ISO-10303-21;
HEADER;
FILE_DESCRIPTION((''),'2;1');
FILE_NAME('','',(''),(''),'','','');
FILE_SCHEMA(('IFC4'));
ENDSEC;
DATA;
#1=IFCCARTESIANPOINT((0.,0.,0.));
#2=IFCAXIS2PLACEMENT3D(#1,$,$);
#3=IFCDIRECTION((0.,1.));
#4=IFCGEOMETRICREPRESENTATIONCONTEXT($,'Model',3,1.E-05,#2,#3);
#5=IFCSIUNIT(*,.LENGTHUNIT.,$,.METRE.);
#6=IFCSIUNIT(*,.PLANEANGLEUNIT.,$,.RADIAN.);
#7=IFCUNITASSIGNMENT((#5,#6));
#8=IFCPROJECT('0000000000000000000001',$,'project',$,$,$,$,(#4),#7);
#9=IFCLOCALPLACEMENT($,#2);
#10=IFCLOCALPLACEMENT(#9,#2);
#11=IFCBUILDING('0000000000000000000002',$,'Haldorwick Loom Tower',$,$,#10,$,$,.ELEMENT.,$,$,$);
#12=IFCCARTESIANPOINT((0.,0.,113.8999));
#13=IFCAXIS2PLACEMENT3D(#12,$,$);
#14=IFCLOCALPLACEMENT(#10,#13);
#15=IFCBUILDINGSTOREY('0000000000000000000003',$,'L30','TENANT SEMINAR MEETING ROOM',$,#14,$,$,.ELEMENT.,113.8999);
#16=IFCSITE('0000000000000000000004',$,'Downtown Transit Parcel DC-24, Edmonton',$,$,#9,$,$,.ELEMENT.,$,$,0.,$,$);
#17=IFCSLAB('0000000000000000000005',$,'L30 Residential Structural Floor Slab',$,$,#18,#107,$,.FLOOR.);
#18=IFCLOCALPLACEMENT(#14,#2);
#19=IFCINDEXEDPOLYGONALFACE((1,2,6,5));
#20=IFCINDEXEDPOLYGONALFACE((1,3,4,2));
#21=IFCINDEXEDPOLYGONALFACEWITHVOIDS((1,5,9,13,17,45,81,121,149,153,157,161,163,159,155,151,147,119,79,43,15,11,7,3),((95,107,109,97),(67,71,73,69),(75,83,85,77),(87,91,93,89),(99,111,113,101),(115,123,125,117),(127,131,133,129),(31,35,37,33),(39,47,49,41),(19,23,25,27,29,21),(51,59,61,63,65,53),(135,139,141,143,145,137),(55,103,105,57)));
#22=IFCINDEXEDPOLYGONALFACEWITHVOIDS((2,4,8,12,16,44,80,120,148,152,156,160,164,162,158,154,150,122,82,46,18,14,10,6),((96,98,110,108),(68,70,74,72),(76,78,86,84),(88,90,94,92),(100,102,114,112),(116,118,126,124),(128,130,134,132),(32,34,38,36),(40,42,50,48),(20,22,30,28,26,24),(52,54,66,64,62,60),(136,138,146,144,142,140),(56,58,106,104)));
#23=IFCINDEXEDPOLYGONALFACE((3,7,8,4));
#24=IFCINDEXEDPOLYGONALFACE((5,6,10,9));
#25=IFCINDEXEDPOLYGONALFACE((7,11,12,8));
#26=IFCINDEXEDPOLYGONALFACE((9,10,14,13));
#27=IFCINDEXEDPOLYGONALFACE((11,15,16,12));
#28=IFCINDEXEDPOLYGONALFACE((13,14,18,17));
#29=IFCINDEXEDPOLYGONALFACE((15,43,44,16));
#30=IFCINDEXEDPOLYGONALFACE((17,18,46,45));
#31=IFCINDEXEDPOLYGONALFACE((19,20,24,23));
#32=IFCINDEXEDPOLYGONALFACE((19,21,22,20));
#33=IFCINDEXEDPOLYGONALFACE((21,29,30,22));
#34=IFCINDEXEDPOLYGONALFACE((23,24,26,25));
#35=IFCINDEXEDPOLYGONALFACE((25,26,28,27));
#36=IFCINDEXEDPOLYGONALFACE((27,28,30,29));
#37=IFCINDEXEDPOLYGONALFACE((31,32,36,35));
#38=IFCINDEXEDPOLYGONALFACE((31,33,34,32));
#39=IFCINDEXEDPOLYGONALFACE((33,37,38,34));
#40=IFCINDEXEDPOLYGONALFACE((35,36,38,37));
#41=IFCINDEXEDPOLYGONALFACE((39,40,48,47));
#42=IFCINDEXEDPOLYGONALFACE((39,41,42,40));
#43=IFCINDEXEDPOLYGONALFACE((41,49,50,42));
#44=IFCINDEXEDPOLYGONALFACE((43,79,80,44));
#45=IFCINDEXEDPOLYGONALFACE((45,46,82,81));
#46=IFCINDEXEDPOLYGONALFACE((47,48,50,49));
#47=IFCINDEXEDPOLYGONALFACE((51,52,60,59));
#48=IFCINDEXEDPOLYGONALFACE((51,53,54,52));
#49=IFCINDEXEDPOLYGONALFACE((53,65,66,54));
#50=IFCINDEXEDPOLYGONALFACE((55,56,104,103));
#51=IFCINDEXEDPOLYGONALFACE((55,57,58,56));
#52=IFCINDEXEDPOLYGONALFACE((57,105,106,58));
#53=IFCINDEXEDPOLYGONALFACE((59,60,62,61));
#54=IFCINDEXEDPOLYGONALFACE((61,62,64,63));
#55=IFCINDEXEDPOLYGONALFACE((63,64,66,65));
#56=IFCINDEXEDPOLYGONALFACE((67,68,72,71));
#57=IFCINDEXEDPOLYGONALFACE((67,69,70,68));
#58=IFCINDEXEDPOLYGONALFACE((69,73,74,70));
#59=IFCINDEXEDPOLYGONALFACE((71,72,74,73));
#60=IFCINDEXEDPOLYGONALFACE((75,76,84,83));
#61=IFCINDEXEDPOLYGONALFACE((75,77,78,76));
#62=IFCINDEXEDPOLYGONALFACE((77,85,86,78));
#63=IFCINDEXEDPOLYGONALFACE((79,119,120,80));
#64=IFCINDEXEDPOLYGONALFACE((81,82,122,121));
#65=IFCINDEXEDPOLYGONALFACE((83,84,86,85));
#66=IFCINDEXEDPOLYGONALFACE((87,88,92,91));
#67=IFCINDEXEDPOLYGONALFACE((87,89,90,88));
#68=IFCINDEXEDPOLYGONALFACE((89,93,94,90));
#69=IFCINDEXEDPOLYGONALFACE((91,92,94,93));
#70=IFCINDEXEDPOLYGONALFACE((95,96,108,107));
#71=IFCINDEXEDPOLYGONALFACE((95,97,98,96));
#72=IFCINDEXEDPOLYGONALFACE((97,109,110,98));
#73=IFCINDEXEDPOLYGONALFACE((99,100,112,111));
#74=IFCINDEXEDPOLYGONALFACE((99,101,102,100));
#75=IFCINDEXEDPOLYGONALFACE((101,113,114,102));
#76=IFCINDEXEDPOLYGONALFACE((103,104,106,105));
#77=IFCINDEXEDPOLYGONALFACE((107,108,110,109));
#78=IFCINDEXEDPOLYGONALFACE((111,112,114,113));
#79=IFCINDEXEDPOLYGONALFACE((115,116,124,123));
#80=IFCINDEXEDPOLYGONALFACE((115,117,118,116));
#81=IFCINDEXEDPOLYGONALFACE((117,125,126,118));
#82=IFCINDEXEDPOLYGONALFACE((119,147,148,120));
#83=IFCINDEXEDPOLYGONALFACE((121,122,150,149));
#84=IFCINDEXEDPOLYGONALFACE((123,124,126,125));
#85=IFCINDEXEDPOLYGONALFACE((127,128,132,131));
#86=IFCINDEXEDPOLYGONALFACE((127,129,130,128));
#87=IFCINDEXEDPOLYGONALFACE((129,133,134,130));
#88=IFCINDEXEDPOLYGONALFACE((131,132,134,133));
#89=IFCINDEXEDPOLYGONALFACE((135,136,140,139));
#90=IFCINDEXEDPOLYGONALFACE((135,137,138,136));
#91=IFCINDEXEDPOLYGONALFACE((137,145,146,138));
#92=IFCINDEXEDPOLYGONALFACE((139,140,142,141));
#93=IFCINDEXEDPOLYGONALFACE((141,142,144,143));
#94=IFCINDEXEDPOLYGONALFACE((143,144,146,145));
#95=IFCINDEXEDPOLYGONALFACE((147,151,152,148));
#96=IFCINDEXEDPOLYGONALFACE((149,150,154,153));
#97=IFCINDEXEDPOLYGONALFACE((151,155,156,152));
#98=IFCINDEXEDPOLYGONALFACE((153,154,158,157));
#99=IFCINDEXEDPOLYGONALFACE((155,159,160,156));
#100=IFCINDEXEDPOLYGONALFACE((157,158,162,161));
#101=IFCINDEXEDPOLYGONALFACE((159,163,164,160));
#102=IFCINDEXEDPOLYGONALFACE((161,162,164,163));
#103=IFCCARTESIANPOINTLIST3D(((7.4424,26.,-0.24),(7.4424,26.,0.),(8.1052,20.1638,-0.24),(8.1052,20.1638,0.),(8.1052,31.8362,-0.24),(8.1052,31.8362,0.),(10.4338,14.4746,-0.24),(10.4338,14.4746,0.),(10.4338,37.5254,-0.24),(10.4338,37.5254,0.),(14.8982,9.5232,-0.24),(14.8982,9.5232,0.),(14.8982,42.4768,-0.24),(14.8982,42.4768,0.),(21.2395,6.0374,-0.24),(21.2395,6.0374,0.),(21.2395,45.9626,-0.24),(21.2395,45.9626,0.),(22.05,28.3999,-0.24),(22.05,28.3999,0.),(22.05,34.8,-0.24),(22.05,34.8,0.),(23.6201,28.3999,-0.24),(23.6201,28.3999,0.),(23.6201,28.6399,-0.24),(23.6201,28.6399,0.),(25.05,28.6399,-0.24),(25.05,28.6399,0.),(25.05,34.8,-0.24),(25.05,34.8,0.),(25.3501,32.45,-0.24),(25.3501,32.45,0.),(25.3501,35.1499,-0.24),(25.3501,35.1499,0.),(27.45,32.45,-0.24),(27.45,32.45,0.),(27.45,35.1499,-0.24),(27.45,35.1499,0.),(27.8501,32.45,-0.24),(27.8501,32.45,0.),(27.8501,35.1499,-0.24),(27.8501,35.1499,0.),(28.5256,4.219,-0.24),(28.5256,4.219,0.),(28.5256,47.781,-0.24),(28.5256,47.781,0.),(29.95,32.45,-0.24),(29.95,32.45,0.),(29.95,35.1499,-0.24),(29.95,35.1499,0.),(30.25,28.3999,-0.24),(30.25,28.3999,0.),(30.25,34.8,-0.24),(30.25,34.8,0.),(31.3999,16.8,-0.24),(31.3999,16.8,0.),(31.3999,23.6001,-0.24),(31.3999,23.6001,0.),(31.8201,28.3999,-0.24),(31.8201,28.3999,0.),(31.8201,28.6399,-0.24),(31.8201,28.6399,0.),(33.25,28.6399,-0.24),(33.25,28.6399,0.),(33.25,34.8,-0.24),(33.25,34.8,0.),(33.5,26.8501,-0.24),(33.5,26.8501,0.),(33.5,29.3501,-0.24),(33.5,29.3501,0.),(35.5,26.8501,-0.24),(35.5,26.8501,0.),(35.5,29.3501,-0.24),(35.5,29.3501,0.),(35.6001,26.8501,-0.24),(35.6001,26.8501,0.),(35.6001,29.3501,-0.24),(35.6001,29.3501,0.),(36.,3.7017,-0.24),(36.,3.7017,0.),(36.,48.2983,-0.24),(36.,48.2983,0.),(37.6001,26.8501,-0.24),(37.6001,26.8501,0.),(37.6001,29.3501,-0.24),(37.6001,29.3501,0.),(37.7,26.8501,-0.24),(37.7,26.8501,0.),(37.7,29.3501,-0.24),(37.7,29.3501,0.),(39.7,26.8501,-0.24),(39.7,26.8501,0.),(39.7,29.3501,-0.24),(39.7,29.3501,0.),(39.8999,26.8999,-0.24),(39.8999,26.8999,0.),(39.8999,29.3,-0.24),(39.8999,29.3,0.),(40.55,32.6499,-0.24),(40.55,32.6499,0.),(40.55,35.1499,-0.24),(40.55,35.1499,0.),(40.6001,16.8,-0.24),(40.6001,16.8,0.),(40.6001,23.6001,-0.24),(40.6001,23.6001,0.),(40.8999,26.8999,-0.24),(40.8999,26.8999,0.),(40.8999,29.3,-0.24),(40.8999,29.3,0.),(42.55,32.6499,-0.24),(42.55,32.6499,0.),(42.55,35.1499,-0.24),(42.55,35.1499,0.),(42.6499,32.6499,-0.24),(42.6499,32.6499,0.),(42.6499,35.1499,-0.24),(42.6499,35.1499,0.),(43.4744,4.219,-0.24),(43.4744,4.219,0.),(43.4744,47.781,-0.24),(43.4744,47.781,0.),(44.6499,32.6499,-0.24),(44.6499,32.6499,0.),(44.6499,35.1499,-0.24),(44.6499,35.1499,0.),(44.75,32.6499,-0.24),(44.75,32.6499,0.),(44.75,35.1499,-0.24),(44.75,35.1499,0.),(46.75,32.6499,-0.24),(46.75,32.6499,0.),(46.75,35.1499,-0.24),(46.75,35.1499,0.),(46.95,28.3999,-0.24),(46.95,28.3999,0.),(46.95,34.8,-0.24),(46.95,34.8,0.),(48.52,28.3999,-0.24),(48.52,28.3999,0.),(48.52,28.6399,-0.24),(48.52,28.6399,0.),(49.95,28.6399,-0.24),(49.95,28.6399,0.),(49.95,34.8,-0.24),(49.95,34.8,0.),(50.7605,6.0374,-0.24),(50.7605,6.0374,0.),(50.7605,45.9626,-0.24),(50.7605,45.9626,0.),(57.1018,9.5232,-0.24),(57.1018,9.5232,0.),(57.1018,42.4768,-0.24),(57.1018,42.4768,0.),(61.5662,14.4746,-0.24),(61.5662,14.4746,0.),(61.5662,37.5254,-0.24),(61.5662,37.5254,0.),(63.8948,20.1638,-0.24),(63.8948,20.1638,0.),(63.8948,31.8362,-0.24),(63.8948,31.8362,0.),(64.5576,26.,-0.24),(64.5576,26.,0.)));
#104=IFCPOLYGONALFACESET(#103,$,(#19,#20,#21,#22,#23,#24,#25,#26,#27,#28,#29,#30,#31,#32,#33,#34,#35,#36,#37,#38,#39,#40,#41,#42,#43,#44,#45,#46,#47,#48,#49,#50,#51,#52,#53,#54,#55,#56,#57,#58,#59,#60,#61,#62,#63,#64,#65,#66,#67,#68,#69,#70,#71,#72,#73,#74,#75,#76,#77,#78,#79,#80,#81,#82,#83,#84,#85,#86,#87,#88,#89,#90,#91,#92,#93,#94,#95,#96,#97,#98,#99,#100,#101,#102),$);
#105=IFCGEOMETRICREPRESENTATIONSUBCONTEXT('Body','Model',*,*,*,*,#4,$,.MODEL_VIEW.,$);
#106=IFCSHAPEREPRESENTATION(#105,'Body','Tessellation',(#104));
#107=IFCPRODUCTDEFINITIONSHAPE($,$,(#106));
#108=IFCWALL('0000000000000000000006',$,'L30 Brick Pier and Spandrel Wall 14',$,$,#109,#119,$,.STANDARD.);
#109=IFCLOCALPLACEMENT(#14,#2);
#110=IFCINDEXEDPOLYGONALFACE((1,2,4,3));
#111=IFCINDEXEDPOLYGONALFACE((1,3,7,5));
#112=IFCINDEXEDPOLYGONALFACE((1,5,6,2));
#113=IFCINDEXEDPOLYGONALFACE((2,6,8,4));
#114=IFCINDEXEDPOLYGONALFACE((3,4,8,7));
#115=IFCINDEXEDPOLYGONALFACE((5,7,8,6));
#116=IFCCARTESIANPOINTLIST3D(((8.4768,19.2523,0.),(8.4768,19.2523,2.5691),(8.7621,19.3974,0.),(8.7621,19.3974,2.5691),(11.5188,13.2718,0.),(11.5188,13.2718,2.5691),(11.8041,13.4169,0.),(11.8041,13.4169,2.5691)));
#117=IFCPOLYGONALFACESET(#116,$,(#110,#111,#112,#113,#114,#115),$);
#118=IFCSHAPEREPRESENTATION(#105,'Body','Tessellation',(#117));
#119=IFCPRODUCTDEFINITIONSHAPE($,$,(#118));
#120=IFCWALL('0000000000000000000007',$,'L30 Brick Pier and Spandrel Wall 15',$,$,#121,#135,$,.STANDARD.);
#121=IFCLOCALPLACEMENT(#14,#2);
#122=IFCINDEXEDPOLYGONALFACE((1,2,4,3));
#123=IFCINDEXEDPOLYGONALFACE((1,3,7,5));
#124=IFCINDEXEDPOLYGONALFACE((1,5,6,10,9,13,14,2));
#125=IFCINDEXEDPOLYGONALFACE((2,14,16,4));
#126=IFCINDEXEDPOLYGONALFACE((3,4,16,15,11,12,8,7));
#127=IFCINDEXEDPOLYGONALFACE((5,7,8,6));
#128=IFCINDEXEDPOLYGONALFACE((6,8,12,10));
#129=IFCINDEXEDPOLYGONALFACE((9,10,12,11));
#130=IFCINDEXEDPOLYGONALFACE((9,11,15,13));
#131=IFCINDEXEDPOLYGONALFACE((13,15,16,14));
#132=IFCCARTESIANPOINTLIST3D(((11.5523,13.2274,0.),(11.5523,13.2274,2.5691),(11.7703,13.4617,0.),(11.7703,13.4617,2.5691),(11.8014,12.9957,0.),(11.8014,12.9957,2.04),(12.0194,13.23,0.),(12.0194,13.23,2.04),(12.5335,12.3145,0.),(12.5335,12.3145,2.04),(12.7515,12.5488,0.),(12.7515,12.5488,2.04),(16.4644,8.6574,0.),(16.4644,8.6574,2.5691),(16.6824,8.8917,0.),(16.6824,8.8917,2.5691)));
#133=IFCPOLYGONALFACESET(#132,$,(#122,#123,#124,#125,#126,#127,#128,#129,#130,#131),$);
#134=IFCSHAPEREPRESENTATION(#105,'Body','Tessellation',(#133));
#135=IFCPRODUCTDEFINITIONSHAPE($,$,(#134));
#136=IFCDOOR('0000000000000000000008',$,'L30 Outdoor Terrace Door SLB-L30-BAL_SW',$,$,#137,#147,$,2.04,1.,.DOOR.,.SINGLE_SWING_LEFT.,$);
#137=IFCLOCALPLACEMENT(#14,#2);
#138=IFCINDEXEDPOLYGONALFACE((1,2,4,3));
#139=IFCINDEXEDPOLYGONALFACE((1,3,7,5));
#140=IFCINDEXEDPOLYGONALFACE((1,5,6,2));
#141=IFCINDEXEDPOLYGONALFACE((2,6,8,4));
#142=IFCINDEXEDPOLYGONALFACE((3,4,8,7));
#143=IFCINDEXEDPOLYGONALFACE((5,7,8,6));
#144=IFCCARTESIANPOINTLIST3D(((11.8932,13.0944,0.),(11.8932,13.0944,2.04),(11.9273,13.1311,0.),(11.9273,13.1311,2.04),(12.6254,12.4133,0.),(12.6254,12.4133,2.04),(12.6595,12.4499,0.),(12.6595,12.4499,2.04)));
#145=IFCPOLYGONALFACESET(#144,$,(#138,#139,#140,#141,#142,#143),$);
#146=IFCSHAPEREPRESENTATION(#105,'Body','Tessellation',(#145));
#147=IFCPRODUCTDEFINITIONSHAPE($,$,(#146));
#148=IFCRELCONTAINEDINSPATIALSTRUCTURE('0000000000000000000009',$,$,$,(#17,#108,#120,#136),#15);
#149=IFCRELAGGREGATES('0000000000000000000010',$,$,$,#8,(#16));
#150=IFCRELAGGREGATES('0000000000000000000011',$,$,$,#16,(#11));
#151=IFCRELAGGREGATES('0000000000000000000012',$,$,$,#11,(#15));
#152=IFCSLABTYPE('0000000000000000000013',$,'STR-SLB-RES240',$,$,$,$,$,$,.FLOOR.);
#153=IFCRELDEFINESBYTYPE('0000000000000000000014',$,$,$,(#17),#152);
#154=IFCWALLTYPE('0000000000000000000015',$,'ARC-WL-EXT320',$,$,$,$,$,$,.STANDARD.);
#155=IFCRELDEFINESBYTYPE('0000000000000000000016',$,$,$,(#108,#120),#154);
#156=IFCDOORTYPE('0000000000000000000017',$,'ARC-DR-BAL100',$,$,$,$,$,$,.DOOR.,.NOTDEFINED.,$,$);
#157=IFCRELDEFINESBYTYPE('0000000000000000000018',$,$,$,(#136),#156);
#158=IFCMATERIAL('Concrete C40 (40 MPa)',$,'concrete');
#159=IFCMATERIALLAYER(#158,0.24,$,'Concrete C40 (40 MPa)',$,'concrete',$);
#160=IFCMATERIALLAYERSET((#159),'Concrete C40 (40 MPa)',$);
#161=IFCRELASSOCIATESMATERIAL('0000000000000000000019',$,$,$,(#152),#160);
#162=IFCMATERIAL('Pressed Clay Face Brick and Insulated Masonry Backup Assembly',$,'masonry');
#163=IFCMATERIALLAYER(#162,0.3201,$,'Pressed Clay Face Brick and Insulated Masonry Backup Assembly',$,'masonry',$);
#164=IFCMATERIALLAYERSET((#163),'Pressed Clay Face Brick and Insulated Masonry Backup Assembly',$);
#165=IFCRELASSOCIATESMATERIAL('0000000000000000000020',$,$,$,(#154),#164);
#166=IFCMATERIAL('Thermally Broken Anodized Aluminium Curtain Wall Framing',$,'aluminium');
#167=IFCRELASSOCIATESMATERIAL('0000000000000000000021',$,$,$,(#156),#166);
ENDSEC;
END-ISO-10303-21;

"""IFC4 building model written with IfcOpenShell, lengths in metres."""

from ifc_helpers import new_model, si_unit, direction, frame, frame_2d, origin, place, context, subcontext, project, spatial, polyline, rectangle, outline, extrude, material, layer, layer_set, type_object, element, fill, save


model = new_model("IFC4")

# Units and contexts
model_context = context("Model", 3, precision=1e-05, world=origin(), true_north=direction((0.0, 1.0)))
body_context = subcontext(model_context, "Body", "Model", "MODEL_VIEW")
ifc_project = project(units=[si_unit("LENGTHUNIT", "METRE"), si_unit("PLANEANGLEUNIT", "RADIAN")], contexts=[model_context])

# Site, building, storey
site_placement = place(None, origin())
site = spatial("IfcSite", under=ifc_project, at=site_placement, Name="Downtown Transit Parcel DC-24, Edmonton", CompositionType="ELEMENT", RefElevation=0.0)
building_placement = place(site_placement, origin())
building = spatial("IfcBuilding", under=site, at=building_placement, Name="Haldorwick Loom Tower", CompositionType="ELEMENT")
storey_placement = place(building_placement, frame((0.0, 0.0, 113.8999)))
storey = spatial("IfcBuildingStorey", under=building, at=storey_placement, Name="L30", Description="TENANT SEMINAR MEETING ROOM", CompositionType="ELEMENT", Elevation=113.8999)

# Shared definitions
ifc_material_1 = material(Name="Concrete C40 (40 MPa)", Category="concrete")

# Slab
ifc_layer_1 = layer(ifc_material_1, 0.24, Name="Concrete C40 (40 MPa)", Category="concrete")
ifc_layer_set_1 = layer_set([ifc_layer_1], Name="Concrete C40 (40 MPa)")
slab_type_1 = type_object("IfcSlabType", Name="STR-SLB-RES240", PredefinedType="FLOOR", material=ifc_layer_set_1)
slab_1_placement = place(storey_placement, frame((0.0, 0.0, -0.24)))
element("IfcSlab", 1, at=slab_1_placement, inside=storey, type_object=slab_type_1, Name="L30 Residential Structural Floor Slab", PredefinedType="FLOOR", context=body_context, shape_type="SweptSolid", body=[
    extrude(outline(polyline([(57.1018, 9.5232), (61.5662, 14.4746), (63.8948, 20.1638), (64.5576, 26.0), (63.8948, 31.8362), (61.5662, 37.5254), (57.1018, 42.4768), (50.7605, 45.9626), (43.4744, 47.781), (36.0, 48.2983), (28.5256, 47.781), (21.2395, 45.9626), (14.8982, 42.4768), (10.4338, 37.5254), (8.1052, 31.8362), (7.4424, 26.0), (8.1052, 20.1638), (10.4338, 14.4746), (14.8982, 9.5232), (21.2395, 6.0374), (28.5256, 4.219), (36.0, 3.7017), (43.4744, 4.219), (50.7605, 6.0374), (57.1018, 9.5232)]), holes=[polyline([(31.3999, 16.8), (31.3999, 23.6001), (40.6001, 23.6001), (40.6001, 16.8), (31.3999, 16.8)]), polyline([(33.5, 26.8501), (33.5, 29.3501), (35.5, 29.3501), (35.5, 26.8501), (33.5, 26.8501)]), polyline([(35.6001, 26.8501), (35.6001, 29.3501), (37.6001, 29.3501), (37.6001, 26.8501), (35.6001, 26.8501)]), polyline([(23.6201, 28.3999), (22.05, 28.3999), (22.05, 34.8), (25.05, 34.8), (25.05, 28.6399), (23.6201, 28.6399), (23.6201, 28.3999)]), polyline([(30.25, 28.3999), (30.25, 34.8), (33.25, 34.8), (33.25, 28.6399), (31.8201, 28.6399), (31.8201, 28.3999), (30.25, 28.3999)]), polyline([(25.3501, 32.45), (25.3501, 35.1499), (27.45, 35.1499), (27.45, 32.45), (25.3501, 32.45)]), polyline([(29.95, 32.45), (27.8501, 32.45), (27.8501, 35.1499), (29.95, 35.1499), (29.95, 32.45)]), polyline([(37.7, 26.8501), (37.7, 29.3501), (39.7, 29.3501), (39.7, 26.8501), (37.7, 26.8501)]), polyline([(39.8999, 26.8999), (39.8999, 29.3), (40.8999, 29.3), (40.8999, 26.8999), (39.8999, 26.8999)]), polyline([(46.95, 28.3999), (46.95, 34.8), (49.95, 34.8), (49.95, 28.6399), (48.52, 28.6399), (48.52, 28.3999), (46.95, 28.3999)]), polyline([(40.55, 32.6499), (40.55, 35.1499), (42.55, 35.1499), (42.55, 32.6499), (40.55, 32.6499)]), polyline([(42.6499, 32.6499), (42.6499, 35.1499), (44.6499, 35.1499), (44.6499, 32.6499), (42.6499, 32.6499)]), polyline([(44.75, 32.6499), (44.75, 35.1499), (46.75, 35.1499), (46.75, 32.6499), (44.75, 32.6499)])]), origin(), (0.0, 0.0, 1.0), 0.24),
])

# Wall
ifc_material_2 = material(Name="Pressed Clay Face Brick and Insulated Masonry Backup Assembly", Category="masonry")
ifc_layer_2 = layer(ifc_material_2, 0.3201, Name="Pressed Clay Face Brick and Insulated Masonry Backup Assembly", Category="masonry")
ifc_layer_set_2 = layer_set([ifc_layer_2], Name="Pressed Clay Face Brick and Insulated Masonry Backup Assembly")
wall_type_1 = type_object("IfcWallType", Name="ARC-WL-EXT320", PredefinedType="STANDARD", material=ifc_layer_set_2)
wall_1_placement = place(storey_placement, frame((8.6194, 19.325, 0.0), z_axis=(0.0, 0.0, 1.0), x_axis=(0.453374, -0.89132, 0.0)))
element("IfcWall", 2, at=wall_1_placement, inside=storey, type_object=wall_type_1, Name="L30 Brick Pier and Spandrel Wall 14", PredefinedType="STANDARD", context=body_context, shape_type="SweptSolid", body=[
    extrude(rectangle(XDim=6.7097, YDim=0.3201, at=frame_2d((3.355, 0.0))), origin(), (0.0, 0.0, 1.0), 2.5691),
])

# Wall, opening, door
wall_2_placement = place(storey_placement, frame((11.6614, 13.3445, 0.0), z_axis=(0.0, 0.0, 1.0), x_axis=(0.732137, -0.681157, 0.0)))
wall_2 = element("IfcWall", 3, at=wall_2_placement, inside=storey, type_object=wall_type_1, Name="L30 Brick Pier and Spandrel Wall 15", PredefinedType="STANDARD", context=body_context, shape_type="SweptSolid", body=[
    extrude(rectangle(XDim=6.7092, YDim=0.3201, at=frame_2d((3.3545, 0.0))), origin(), (0.0, 0.0, 1.0), 2.5691),
])
opening_1_placement = place(wall_2_placement, frame((0.3401, 0.0, 0.0)))
opening_1 = element("IfcOpeningElement", 4, at=opening_1_placement, cuts=wall_2, PredefinedType="OPENING", context=body_context, shape_type="SweptSolid", body=[
    extrude(rectangle(XDim=1.0, YDim=2.04, at=frame_2d((0.5, 1.02))), frame((0.0, 0.1699, 0.0), z_axis=(0.0, -1.0, 0.0), x_axis=(1.0, 0.0, 0.0)), (0.0, 0.0, 1.0), 0.3401),
])
ifc_material_3 = material(Name="Thermally Broken Anodized Aluminium Curtain Wall Framing", Category="aluminium")
door_type = type_object("IfcDoorType", Name="ARC-DR-BAL100", OperationType="NOTDEFINED", PredefinedType="DOOR", material=ifc_material_3)
door_placement = place(opening_1_placement, origin())
door = element("IfcDoor", 5, at=door_placement, inside=storey, type_object=door_type, Name="L30 Outdoor Terrace Door SLB-L30-BAL_SW", OperationType="SINGLE_SWING_LEFT", OverallHeight=2.04, OverallWidth=1.0, PredefinedType="DOOR", context=body_context, shape_type="SweptSolid", body=[
    extrude(rectangle(XDim=1.0, YDim=2.04, at=frame_2d((0.5, 1.02))), frame((0.0, 0.0249, 0.0), z_axis=(0.0, -1.0, 0.0), x_axis=(1.0, 0.0, 0.0)), (0.0, 0.0, 1.0), 0.05),
])
fill(opening_1, door)

save(model, "model.ifc")
